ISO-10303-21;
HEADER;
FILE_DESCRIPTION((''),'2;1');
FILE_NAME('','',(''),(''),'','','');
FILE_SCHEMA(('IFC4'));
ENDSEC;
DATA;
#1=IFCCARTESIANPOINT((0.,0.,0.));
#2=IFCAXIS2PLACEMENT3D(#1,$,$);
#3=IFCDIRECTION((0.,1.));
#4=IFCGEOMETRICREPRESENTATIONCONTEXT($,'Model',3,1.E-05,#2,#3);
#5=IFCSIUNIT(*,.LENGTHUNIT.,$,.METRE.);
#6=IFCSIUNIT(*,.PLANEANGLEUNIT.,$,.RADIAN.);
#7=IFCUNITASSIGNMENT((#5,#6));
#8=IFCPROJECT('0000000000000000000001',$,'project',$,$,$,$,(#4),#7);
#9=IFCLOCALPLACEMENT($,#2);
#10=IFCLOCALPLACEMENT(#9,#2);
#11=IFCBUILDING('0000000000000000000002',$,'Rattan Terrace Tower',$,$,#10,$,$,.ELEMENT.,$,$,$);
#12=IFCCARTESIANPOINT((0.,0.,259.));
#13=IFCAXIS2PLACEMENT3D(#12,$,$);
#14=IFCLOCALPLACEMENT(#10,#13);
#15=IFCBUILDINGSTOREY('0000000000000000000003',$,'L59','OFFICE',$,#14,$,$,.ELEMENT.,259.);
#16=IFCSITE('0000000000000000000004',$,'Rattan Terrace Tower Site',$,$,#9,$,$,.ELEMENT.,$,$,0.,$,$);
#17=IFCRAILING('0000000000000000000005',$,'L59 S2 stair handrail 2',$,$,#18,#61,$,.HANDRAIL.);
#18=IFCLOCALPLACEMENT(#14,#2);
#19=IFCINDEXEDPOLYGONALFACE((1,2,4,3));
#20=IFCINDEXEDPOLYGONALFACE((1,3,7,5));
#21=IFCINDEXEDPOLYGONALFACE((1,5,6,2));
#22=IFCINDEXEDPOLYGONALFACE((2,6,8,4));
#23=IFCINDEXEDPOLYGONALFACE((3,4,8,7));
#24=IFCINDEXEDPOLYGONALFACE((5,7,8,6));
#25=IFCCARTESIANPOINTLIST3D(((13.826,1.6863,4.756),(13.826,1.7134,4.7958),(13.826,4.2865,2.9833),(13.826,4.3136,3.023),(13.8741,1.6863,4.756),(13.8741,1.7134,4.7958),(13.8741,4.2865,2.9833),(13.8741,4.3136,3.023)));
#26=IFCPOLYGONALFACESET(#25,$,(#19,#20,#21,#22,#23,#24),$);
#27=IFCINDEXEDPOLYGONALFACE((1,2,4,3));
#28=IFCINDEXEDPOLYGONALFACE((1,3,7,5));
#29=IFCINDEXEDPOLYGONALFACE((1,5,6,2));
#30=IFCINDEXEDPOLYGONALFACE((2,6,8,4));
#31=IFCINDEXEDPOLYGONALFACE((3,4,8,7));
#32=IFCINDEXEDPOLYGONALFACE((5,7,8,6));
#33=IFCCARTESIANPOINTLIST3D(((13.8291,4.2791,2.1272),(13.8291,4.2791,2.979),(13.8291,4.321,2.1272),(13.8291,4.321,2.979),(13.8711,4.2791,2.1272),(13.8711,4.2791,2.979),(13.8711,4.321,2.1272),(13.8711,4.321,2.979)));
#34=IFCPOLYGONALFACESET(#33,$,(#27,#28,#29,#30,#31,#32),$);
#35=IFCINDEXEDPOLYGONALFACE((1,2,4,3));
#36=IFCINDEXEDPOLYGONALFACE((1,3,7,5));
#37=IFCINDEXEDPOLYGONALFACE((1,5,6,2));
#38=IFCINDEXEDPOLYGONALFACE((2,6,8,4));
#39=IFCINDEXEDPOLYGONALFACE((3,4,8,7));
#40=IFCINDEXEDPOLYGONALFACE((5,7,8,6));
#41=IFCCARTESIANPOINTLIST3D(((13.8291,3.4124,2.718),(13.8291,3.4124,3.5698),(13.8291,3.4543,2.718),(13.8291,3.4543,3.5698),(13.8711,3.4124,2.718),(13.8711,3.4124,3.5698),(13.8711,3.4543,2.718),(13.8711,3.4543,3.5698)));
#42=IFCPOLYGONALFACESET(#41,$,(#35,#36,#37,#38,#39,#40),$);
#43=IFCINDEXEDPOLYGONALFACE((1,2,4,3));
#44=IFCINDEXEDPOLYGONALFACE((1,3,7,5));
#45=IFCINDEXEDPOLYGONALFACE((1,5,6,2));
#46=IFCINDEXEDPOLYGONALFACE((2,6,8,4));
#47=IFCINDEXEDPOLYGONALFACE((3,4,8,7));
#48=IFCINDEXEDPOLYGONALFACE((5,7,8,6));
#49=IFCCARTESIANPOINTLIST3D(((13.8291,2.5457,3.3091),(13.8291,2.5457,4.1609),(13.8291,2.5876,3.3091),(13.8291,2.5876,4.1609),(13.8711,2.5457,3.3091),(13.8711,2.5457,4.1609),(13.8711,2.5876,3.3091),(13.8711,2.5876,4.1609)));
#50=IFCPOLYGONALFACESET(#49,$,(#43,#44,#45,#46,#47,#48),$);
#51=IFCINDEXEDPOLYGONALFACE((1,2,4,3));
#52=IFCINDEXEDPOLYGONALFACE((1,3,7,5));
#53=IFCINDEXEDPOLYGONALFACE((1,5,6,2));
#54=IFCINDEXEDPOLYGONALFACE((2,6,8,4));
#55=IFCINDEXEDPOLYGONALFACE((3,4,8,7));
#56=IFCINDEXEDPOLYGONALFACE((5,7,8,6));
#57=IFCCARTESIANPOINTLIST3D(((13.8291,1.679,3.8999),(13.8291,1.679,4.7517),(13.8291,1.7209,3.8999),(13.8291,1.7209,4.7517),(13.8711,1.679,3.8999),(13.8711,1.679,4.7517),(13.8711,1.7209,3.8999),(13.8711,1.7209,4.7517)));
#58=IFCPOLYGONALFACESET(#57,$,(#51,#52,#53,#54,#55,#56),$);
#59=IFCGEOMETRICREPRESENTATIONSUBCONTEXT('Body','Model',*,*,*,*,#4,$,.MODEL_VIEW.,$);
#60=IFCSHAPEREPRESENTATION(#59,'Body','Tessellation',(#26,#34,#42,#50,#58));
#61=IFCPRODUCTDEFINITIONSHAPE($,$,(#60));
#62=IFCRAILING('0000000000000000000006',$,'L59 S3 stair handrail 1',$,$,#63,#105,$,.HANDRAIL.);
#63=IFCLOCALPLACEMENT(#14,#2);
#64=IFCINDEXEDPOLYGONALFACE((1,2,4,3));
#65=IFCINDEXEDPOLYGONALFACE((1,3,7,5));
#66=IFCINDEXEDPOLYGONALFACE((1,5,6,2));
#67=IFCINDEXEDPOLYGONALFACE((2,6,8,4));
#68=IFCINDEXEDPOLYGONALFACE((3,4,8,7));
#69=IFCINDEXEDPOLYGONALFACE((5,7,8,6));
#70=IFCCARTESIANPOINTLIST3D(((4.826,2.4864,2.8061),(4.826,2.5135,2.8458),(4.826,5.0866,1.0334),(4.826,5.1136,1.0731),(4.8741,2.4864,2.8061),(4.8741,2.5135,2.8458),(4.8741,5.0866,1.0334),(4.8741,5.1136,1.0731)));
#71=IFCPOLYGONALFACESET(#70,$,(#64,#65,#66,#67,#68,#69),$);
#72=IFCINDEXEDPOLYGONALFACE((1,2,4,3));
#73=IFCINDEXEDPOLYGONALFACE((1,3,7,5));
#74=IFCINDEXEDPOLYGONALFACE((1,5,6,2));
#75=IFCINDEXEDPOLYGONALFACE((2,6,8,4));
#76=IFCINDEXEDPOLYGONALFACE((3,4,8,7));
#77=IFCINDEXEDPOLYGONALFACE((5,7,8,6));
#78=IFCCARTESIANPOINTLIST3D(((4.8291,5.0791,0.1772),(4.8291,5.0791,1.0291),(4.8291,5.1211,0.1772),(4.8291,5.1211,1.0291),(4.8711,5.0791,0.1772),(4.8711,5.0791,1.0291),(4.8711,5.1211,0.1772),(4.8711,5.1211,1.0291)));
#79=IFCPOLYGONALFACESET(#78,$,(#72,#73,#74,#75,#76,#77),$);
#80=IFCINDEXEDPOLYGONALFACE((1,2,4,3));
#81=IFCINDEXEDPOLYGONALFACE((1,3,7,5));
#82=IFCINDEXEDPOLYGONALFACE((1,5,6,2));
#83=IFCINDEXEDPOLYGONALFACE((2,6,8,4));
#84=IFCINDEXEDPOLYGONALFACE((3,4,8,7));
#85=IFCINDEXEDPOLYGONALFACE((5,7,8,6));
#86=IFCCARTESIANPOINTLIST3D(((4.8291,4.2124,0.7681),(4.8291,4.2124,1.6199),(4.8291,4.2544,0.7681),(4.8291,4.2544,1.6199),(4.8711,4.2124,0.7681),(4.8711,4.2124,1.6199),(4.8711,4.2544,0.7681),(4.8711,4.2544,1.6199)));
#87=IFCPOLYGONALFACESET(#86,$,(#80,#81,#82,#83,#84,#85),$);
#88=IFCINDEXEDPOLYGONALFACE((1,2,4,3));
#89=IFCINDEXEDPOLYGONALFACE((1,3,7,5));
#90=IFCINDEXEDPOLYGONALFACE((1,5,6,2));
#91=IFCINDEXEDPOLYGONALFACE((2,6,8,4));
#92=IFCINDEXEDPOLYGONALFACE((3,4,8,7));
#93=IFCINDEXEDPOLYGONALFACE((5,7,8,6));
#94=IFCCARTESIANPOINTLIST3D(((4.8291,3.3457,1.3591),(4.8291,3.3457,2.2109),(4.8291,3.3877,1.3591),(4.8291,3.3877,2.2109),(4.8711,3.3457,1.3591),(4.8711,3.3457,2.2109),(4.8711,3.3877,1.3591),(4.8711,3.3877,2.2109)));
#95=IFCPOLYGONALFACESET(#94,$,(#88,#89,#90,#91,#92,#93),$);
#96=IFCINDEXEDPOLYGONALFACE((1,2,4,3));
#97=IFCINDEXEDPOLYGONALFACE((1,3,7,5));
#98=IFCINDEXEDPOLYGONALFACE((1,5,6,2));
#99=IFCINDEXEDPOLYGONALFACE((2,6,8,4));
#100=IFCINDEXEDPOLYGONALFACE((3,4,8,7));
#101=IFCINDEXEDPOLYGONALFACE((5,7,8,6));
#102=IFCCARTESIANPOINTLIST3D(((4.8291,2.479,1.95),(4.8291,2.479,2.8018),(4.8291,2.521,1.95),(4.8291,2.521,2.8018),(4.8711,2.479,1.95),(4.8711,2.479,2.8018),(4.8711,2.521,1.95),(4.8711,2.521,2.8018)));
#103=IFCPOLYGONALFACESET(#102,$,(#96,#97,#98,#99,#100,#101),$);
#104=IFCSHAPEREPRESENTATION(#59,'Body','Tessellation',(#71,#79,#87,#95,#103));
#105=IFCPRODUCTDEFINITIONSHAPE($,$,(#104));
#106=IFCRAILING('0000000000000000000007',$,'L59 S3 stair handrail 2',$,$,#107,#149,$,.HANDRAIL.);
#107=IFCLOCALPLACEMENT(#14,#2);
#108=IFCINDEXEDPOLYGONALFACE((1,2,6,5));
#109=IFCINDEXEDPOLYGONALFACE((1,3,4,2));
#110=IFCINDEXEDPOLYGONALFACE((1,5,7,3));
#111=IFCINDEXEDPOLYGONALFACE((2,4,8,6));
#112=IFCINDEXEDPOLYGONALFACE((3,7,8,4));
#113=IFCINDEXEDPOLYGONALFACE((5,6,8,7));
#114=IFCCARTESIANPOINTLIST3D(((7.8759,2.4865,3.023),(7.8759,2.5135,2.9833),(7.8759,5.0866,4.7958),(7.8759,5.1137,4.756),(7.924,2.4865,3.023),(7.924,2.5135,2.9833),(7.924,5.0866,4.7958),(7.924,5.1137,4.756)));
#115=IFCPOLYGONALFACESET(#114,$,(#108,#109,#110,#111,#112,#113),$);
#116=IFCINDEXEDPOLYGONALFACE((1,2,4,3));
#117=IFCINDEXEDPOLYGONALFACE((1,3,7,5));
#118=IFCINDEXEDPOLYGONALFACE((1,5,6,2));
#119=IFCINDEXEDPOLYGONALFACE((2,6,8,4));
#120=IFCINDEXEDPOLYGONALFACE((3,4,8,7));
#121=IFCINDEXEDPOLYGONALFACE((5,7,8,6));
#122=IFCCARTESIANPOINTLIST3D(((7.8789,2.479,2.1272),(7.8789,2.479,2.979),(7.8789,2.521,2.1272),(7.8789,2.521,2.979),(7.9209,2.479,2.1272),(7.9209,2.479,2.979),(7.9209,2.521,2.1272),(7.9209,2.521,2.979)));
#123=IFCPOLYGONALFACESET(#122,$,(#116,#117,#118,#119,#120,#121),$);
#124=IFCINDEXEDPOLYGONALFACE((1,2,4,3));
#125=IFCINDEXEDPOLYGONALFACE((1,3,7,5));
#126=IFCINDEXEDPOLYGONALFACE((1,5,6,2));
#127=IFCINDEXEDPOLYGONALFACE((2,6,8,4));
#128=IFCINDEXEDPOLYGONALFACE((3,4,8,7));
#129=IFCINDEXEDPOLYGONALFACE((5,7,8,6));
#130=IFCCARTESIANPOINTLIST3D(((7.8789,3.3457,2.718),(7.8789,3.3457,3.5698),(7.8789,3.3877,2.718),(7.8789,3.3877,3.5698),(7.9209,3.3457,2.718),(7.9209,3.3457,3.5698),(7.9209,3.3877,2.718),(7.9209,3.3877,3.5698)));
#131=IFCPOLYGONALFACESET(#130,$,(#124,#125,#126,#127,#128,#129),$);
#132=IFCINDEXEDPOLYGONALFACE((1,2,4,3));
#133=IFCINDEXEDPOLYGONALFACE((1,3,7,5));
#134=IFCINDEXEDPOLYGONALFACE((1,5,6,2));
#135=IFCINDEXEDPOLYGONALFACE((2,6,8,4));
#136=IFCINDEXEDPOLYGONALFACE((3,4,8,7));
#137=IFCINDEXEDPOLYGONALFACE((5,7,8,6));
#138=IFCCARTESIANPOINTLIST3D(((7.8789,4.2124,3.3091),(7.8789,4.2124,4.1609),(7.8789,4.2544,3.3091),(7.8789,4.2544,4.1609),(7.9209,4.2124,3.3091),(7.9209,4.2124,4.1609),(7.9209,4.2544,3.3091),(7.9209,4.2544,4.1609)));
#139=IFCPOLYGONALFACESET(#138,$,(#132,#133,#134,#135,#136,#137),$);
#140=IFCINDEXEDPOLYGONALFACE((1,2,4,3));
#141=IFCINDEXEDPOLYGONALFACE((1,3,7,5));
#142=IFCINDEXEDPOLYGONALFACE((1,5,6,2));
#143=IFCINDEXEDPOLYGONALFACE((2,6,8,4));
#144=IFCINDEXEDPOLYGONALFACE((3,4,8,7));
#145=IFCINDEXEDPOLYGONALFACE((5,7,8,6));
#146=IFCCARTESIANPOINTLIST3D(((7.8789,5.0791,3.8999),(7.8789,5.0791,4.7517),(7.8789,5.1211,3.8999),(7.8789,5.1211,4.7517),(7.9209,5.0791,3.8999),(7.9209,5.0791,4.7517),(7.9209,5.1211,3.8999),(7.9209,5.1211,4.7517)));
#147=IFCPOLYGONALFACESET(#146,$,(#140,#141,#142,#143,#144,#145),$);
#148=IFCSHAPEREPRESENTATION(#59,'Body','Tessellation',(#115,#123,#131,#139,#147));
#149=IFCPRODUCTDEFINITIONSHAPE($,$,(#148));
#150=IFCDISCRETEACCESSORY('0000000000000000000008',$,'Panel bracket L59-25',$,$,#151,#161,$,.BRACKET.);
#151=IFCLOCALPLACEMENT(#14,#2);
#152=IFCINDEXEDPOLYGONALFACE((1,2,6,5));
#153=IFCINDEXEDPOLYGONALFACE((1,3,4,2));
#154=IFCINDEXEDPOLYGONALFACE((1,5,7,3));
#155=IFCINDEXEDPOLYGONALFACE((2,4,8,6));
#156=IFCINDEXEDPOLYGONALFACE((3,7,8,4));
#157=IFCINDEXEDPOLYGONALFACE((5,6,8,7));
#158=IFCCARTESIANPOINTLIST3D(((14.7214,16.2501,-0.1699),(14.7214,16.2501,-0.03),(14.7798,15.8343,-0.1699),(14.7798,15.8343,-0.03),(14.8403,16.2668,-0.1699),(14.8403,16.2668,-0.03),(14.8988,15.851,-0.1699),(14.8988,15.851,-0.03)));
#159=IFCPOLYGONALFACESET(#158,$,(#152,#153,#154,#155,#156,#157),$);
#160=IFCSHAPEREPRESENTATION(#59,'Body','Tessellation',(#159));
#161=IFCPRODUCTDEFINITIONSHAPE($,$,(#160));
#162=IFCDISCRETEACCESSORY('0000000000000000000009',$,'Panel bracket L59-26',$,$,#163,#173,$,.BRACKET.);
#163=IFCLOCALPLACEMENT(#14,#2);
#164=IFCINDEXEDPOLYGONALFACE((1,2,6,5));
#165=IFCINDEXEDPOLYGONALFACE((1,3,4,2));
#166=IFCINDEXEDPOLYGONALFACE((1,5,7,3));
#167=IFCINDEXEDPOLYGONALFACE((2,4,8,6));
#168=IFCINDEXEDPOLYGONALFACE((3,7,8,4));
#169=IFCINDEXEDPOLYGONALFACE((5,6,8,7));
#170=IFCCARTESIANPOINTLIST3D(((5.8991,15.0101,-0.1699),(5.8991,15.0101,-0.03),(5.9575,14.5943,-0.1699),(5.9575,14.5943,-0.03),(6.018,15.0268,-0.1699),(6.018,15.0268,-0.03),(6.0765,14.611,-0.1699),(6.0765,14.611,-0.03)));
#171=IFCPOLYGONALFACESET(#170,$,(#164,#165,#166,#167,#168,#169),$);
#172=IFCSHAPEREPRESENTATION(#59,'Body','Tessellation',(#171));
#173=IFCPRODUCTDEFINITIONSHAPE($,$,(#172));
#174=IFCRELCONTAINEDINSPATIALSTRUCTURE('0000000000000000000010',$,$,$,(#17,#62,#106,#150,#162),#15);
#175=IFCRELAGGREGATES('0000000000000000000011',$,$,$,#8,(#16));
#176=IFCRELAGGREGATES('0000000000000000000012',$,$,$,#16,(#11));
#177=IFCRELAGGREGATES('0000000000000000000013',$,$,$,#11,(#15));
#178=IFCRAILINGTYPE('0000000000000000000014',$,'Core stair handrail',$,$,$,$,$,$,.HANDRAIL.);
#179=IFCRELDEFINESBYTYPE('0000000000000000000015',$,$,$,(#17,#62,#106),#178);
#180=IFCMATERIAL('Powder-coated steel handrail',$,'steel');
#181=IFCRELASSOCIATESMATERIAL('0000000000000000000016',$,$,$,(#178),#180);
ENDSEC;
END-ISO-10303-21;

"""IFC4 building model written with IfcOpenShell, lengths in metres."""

from ifc_helpers import new_model, si_unit, direction, frame, origin, origin_2d, place, context, subcontext, project, spatial, rectangle, extrude, material, type_object, element, save


model = new_model("IFC4")

# Units and contexts
model_context = context("Model", 3, precision=1e-05, world=origin(), true_north=direction((0.0, 1.0)))
body_context = subcontext(model_context, "Body", "Model", "MODEL_VIEW")
ifc_project = project(units=[si_unit("LENGTHUNIT", "METRE"), si_unit("PLANEANGLEUNIT", "RADIAN")], contexts=[model_context])

# Site, building, storey
site_placement = place(None, origin())
site = spatial("IfcSite", under=ifc_project, at=site_placement, Name="Rattan Terrace Tower Site", CompositionType="ELEMENT", RefElevation=0.0)
building_placement = place(site_placement, origin())
building = spatial("IfcBuilding", under=site, at=building_placement, Name="Rattan Terrace Tower", CompositionType="ELEMENT")
storey_placement = place(building_placement, frame((0.0, 0.0, 259.0)))
storey = spatial("IfcBuildingStorey", under=building, at=storey_placement, Name="L59", Description="OFFICE", CompositionType="ELEMENT", Elevation=259.0)

# Railings
ifc_material_1 = material(Name="Powder-coated steel handrail", Category="steel")
railing_type_1 = type_object("IfcRailingType", Name="Core stair handrail", PredefinedType="HANDRAIL", material=ifc_material_1)
for number, where, name in (
    (1, (13.8501, 4.3, 2.1272), "L59 S2 stair handrail 2"),
    (2, (4.8501, 5.1001, 0.1772), "L59 S3 stair handrail 1"),
):
    element("IfcRailing", number, at=place(storey_placement, frame(where)), inside=storey, type_object=railing_type_1, Name=name, PredefinedType="HANDRAIL", context=body_context, shape_type="SweptSolid", body=[
        extrude(rectangle(XDim=0.0481, YDim=0.0481, at=origin_2d()), frame((0.0, 0.0, 0.876), z_axis=(0.0, -0.82624, 0.563318), x_axis=(1.0, 0.0, 0.0)), (0.0, 0.0, 1.0), 3.147),
        extrude(rectangle(XDim=0.042, YDim=0.042, at=origin_2d()), origin(), (0.0, 0.0, 1.0), 0.8518),
        extrude(rectangle(XDim=0.042, YDim=0.042, at=origin_2d()), frame((0.0, -0.8667, 0.5908)), (0.0, 0.0, 1.0), 0.8518),
        extrude(rectangle(XDim=0.042, YDim=0.042, at=origin_2d()), frame((0.0, -1.7334, 1.1819)), (0.0, 0.0, 1.0), 0.8518),
        extrude(rectangle(XDim=0.042, YDim=0.042, at=origin_2d()), frame((0.0, -2.6001, 1.7727)), (0.0, 0.0, 1.0), 0.8518),
    ])
railing_1_placement = place(storey_placement, frame((7.8999, 2.5, 2.1272)))
element("IfcRailing", 3, at=railing_1_placement, inside=storey, type_object=railing_type_1, Name="L59 S3 stair handrail 2", PredefinedType="HANDRAIL", context=body_context, shape_type="SweptSolid", body=[
    extrude(rectangle(XDim=0.0481, YDim=0.0481, at=origin_2d()), frame((0.0, 0.0, 0.876), z_axis=(0.0, 0.82624, 0.563318), x_axis=(-1.0, 0.0, 0.0)), (0.0, 0.0, 1.0), 3.147),
    extrude(rectangle(XDim=0.042, YDim=0.042, at=origin_2d()), origin(), (0.0, 0.0, 1.0), 0.8518),
    extrude(rectangle(XDim=0.042, YDim=0.042, at=origin_2d()), frame((0.0, 0.8667, 0.5908)), (0.0, 0.0, 1.0), 0.8518),
    extrude(rectangle(XDim=0.042, YDim=0.042, at=origin_2d()), frame((0.0, 1.7334, 1.1819)), (0.0, 0.0, 1.0), 0.8518),
    extrude(rectangle(XDim=0.042, YDim=0.042, at=origin_2d()), frame((0.0, 2.6001, 1.7727)), (0.0, 0.0, 1.0), 0.8518),
])

# Discrete accessories
for number, where, z_axis, x_axis, name in (
    (4, (14.8101, 16.0505, -0.1699), (0.0, 0.0, 1.0), (-0.990266, -0.139189, 0.0), "Panel bracket L59-25"),
    (5, (5.9878, 14.8105, -0.1699), (0.0, 0.0, 1.0), (-0.990266, -0.139189, 0.0), "Panel bracket L59-26"),
):
    element("IfcDiscreteAccessory", number, at=place(storey_placement, frame(where, z_axis=z_axis, x_axis=x_axis)), inside=storey, Name=name, PredefinedType="BRACKET", context=body_context, shape_type="SweptSolid", body=[
        extrude(rectangle(XDim=0.1201, YDim=0.4199, at=origin_2d()), origin(), (0.0, 0.0, 1.0), 0.1399),
    ])

save(model, "model.ifc")
